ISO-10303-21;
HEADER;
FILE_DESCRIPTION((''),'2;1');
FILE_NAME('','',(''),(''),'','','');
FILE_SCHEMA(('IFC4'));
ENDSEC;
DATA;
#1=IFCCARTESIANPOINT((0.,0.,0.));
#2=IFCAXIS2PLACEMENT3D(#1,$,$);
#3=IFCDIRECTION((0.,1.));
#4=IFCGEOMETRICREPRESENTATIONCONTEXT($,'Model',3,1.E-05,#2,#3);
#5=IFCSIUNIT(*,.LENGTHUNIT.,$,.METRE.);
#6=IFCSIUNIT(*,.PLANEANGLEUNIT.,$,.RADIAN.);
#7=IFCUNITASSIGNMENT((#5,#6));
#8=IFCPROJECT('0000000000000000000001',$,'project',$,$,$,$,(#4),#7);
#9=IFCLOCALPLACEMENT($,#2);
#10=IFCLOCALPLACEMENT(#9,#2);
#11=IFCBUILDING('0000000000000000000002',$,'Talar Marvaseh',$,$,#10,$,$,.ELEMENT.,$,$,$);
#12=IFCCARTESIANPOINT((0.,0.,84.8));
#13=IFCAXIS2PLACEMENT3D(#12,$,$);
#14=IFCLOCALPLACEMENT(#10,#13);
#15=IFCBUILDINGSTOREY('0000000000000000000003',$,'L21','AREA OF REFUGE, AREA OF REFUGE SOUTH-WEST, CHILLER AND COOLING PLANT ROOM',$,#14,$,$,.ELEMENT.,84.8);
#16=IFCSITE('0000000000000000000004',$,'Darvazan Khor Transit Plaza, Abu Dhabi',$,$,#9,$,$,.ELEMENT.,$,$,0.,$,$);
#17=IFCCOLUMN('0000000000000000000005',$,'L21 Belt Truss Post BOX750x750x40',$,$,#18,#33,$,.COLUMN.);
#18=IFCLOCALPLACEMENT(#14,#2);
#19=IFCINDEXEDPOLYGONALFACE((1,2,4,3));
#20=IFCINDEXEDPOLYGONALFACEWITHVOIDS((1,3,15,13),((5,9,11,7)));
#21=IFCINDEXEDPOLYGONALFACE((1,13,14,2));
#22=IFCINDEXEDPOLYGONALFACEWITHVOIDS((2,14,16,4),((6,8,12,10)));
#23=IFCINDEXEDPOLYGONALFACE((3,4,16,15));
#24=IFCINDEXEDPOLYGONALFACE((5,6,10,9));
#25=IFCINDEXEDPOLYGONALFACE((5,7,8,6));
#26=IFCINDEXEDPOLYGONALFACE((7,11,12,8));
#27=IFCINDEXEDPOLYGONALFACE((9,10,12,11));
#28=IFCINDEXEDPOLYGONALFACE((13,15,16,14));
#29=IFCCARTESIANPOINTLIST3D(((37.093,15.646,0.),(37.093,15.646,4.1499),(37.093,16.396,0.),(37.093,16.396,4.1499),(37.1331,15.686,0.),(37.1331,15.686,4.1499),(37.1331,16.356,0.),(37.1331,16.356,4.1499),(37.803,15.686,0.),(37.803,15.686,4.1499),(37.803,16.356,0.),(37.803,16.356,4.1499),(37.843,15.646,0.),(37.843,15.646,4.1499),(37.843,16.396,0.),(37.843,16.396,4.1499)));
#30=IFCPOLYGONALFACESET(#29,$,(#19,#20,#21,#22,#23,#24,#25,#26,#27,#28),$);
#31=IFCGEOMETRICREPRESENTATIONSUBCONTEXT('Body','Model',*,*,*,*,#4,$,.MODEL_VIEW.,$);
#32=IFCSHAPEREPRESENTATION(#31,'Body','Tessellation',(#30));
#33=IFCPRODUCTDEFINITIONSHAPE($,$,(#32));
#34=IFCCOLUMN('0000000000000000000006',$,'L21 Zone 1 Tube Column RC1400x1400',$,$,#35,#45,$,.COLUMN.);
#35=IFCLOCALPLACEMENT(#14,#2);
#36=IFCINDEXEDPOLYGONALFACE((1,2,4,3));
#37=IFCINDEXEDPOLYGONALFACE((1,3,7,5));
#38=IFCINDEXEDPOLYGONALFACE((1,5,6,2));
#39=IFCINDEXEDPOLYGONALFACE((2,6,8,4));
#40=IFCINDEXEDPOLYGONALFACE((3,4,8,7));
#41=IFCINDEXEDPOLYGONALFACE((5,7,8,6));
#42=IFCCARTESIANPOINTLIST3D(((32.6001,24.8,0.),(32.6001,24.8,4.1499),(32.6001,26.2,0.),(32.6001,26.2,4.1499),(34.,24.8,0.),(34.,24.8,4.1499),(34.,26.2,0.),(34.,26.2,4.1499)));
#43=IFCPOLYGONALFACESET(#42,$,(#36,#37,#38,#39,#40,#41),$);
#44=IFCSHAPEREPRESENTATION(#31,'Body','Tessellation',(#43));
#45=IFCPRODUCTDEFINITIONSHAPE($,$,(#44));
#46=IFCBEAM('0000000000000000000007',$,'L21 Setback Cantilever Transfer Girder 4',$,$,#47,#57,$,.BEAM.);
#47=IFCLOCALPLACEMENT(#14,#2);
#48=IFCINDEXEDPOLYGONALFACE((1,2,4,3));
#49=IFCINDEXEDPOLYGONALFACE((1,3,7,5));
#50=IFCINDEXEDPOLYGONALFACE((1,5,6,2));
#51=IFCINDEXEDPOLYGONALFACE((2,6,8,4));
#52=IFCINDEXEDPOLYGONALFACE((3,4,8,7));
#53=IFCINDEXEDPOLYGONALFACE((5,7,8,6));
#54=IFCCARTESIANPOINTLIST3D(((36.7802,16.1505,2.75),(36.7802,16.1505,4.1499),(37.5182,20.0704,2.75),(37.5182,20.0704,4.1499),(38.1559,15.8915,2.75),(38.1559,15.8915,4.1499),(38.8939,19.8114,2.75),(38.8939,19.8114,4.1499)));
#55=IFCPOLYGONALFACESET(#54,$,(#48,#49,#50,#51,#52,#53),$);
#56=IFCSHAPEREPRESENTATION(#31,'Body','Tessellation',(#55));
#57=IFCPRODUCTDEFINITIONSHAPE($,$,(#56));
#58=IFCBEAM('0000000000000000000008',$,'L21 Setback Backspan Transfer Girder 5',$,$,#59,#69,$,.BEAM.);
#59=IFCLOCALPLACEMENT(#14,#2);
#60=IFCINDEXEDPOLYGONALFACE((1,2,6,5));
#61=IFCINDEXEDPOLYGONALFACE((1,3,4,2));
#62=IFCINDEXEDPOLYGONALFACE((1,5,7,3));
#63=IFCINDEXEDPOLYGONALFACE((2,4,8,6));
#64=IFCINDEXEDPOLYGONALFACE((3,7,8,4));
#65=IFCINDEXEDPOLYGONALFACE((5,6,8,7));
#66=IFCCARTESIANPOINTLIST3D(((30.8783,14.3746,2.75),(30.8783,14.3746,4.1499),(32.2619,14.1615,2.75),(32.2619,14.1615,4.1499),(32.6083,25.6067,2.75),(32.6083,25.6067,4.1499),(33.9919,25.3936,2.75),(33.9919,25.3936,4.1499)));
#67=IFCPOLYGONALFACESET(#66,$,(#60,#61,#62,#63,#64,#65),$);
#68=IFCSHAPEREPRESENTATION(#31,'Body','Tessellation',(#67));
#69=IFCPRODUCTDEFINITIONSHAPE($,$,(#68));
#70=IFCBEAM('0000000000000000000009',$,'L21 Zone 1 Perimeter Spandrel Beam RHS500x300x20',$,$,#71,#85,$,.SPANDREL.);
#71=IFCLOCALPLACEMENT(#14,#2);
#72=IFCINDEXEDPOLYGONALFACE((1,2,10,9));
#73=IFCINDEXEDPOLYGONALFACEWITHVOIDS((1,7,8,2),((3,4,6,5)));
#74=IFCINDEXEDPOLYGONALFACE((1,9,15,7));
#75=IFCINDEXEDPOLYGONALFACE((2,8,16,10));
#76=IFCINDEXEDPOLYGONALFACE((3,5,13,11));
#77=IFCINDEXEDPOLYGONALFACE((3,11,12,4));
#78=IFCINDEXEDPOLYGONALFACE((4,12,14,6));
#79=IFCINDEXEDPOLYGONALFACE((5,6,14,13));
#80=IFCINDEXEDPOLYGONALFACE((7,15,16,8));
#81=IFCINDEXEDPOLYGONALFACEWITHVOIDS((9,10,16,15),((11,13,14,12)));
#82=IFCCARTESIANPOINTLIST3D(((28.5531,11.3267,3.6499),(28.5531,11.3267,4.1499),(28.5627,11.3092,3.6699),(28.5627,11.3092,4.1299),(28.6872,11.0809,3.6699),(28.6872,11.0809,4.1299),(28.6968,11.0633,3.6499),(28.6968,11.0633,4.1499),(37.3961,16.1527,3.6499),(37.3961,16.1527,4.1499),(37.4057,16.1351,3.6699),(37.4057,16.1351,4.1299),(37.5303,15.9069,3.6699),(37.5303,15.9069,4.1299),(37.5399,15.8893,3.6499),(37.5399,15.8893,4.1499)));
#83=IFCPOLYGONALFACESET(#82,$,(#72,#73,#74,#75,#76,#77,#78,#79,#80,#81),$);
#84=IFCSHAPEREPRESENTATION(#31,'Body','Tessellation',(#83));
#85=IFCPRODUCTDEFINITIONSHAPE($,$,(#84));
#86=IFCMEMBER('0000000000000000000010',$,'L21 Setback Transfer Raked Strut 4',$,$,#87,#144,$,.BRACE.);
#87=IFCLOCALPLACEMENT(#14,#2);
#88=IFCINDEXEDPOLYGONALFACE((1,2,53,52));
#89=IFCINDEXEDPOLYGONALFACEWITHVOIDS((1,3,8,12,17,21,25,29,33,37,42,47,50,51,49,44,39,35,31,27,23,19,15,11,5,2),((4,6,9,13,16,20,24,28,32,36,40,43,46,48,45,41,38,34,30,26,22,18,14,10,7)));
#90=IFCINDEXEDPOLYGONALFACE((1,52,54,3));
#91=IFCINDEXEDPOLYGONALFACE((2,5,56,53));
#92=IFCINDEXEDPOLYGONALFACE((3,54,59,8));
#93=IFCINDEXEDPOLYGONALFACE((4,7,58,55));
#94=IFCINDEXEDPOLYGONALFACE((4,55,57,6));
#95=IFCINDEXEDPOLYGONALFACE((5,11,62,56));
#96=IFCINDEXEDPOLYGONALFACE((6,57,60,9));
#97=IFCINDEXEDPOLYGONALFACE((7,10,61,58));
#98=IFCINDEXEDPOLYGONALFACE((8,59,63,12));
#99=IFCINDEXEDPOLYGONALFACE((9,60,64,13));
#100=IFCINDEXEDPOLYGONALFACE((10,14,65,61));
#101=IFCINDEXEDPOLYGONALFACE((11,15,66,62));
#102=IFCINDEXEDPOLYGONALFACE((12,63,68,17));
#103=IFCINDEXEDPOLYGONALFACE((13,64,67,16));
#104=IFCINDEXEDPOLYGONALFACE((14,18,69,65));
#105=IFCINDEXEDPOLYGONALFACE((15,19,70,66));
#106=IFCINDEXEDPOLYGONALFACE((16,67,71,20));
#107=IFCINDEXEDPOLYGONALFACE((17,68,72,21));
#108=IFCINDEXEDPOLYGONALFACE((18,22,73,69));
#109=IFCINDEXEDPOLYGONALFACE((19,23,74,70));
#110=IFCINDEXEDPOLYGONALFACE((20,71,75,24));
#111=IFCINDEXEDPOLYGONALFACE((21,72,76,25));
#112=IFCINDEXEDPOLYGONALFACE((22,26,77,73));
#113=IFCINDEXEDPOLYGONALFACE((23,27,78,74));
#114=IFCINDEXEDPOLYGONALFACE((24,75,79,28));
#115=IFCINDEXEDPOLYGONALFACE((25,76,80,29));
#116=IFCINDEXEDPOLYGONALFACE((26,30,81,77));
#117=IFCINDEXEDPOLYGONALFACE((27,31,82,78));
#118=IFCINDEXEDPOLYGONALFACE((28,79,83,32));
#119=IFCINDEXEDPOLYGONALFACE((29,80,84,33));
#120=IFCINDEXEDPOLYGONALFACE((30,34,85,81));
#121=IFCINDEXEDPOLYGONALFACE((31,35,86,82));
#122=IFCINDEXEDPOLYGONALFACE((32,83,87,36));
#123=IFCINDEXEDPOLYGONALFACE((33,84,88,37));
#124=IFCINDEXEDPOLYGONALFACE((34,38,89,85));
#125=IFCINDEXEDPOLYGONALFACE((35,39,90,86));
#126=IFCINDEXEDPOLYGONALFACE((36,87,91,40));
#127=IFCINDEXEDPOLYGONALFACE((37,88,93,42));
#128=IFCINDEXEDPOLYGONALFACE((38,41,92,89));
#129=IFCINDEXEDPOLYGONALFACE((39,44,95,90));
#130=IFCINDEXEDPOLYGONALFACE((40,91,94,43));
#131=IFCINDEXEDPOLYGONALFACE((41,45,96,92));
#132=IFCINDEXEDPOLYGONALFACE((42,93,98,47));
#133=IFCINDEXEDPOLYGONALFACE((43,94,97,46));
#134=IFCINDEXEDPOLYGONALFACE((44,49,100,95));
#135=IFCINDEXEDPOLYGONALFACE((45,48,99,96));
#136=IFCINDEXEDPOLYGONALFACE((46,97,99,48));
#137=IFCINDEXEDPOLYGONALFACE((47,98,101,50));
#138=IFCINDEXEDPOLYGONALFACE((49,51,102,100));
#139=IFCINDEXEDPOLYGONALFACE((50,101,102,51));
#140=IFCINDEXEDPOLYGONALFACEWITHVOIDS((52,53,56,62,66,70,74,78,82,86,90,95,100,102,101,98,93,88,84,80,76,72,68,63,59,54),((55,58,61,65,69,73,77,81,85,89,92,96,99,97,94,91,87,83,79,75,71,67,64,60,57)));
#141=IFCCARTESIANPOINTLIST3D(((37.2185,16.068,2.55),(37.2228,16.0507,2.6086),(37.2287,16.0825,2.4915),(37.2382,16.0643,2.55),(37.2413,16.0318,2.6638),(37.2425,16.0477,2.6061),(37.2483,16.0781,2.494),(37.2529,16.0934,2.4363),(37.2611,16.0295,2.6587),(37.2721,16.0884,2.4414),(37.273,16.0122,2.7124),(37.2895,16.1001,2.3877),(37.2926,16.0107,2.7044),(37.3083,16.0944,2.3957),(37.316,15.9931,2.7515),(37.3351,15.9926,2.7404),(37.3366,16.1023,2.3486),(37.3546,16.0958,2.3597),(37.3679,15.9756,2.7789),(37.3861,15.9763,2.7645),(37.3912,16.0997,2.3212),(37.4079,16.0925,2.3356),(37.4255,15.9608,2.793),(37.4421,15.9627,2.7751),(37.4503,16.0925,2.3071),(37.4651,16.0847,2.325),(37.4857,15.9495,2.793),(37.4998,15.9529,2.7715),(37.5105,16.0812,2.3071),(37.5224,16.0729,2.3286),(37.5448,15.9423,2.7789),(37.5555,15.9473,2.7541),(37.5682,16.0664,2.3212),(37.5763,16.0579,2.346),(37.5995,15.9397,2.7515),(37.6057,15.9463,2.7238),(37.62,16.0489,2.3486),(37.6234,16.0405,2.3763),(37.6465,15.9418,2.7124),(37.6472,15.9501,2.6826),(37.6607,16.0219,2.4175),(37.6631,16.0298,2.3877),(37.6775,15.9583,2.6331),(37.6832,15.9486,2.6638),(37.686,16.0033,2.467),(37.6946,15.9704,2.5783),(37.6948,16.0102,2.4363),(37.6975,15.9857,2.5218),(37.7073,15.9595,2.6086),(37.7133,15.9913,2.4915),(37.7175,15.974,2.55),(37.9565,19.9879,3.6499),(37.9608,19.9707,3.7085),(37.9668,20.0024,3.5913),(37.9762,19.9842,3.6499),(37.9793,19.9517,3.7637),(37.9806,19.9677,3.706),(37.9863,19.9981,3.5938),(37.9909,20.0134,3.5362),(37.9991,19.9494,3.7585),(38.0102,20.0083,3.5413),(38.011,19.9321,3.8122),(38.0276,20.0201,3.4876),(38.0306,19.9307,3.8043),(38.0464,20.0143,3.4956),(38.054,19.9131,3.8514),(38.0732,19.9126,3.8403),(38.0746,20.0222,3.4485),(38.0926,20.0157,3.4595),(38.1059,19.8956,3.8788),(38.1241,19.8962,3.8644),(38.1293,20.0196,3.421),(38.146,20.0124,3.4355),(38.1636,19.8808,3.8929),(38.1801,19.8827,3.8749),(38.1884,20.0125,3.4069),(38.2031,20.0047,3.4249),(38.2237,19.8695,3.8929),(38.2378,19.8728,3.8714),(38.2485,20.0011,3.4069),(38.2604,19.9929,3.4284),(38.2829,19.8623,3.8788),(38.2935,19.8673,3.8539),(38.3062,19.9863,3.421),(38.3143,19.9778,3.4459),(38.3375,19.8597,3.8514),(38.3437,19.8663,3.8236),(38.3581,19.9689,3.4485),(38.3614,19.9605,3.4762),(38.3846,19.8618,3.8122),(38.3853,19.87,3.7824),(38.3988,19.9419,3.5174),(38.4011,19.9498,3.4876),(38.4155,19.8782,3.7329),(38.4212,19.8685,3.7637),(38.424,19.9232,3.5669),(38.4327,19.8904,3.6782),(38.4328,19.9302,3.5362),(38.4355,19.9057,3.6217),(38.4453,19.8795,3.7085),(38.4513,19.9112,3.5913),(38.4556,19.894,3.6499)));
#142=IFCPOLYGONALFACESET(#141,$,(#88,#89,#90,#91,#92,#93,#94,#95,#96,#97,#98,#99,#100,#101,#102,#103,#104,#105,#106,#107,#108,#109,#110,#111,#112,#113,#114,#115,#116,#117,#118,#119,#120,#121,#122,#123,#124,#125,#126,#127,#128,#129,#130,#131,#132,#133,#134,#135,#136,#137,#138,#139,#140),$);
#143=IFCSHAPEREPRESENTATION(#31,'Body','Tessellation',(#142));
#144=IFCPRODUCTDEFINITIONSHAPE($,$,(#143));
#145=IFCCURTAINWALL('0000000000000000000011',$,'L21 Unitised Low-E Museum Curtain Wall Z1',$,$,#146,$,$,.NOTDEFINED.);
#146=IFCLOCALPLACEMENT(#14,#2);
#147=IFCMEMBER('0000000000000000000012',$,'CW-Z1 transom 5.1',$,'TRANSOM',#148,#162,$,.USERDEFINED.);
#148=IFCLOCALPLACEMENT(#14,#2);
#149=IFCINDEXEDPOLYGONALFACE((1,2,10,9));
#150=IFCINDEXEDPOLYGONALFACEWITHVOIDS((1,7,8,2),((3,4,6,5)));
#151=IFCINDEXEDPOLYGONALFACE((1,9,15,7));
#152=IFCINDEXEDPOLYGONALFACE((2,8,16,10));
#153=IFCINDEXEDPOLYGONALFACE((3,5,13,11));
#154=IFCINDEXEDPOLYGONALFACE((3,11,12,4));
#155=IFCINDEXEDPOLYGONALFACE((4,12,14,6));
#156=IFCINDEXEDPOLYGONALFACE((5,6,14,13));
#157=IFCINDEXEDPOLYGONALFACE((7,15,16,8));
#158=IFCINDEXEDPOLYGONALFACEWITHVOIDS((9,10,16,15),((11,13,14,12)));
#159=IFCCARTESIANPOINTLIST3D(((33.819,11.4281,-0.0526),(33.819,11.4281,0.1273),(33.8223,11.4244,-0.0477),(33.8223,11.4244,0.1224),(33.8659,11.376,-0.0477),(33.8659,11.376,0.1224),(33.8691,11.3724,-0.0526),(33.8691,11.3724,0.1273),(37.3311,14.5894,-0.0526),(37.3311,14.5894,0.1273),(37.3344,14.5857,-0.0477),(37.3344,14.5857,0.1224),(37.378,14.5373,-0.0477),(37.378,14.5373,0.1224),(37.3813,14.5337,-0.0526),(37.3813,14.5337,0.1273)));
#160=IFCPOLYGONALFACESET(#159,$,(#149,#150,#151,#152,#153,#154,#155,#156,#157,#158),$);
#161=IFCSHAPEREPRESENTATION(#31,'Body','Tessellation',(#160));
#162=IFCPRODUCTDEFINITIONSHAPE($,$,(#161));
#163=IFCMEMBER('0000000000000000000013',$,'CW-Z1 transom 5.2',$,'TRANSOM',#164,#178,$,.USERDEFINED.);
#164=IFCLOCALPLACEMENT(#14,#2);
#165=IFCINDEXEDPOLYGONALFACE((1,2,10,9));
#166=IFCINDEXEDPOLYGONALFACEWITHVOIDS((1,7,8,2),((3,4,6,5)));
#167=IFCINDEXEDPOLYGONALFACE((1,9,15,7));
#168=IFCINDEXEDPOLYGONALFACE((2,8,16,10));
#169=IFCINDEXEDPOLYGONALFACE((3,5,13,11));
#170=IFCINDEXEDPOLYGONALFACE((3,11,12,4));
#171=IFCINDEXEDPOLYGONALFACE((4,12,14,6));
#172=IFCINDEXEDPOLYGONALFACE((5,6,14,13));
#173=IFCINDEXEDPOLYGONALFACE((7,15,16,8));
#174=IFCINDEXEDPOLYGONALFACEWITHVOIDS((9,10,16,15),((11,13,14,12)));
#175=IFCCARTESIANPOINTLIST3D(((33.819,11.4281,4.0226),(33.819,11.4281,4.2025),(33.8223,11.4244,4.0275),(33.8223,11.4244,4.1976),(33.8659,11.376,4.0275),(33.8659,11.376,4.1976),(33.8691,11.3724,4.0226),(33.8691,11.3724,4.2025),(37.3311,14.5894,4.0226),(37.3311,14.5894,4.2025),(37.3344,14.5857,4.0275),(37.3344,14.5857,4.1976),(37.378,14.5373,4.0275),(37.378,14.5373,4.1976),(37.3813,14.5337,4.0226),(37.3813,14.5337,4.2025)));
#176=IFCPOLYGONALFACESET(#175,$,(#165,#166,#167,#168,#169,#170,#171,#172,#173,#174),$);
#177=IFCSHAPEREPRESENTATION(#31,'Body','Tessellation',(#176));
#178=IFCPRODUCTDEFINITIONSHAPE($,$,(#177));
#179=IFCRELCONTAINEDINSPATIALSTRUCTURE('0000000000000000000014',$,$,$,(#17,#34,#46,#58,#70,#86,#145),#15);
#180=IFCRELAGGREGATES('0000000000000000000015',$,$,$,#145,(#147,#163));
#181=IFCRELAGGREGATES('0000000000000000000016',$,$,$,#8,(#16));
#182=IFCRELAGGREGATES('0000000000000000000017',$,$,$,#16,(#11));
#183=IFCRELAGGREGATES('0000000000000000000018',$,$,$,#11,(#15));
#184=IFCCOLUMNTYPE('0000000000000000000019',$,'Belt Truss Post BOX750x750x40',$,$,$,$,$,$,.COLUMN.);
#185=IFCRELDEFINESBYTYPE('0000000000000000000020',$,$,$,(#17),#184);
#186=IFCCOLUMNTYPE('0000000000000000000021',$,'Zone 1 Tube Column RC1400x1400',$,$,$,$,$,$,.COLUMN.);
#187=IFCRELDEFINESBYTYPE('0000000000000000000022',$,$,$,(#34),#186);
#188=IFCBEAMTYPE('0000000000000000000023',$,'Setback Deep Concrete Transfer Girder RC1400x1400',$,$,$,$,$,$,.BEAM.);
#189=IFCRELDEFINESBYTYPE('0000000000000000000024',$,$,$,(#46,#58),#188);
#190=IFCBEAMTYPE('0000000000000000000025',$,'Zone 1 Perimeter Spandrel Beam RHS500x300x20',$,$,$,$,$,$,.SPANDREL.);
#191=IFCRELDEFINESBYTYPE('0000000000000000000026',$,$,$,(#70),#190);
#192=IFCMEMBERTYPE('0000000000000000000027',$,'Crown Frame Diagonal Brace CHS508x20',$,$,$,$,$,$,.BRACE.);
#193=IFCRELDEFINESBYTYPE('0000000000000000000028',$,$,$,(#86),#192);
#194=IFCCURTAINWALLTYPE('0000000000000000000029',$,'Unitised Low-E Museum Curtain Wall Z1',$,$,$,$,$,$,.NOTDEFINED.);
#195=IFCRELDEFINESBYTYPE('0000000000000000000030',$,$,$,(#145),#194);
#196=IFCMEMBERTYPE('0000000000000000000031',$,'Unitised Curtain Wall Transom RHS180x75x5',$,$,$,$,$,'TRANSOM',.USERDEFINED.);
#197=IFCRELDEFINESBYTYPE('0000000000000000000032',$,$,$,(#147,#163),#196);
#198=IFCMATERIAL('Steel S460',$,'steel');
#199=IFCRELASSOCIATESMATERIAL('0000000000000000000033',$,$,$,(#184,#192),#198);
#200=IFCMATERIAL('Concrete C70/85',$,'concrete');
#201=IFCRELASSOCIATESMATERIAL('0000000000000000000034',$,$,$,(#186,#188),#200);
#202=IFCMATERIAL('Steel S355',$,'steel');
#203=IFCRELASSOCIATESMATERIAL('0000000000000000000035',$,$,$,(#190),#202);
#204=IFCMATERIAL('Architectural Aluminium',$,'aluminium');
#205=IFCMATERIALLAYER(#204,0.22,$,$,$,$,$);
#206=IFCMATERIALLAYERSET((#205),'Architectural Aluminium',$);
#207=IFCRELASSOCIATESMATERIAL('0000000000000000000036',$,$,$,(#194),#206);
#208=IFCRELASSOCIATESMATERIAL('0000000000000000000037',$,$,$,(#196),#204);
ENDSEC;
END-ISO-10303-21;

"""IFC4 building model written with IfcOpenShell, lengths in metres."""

from ifc_helpers import new_model, si_unit, direction, frame, origin, origin_2d, place, context, subcontext, project, spatial, rectangle, hollow_rectangle, hollow_circle, extrude, source, transform, mapped, material, layer, layer_set, material_profile, profile_set, type_object, type_shapes, element, aggregate, save


model = new_model("IFC4")

# Units and contexts
model_context = context("Model", 3, precision=1e-05, world=origin(), true_north=direction((0.0, 1.0)))
body_context = subcontext(model_context, "Body", "Model", "MODEL_VIEW")
ifc_project = project(units=[si_unit("LENGTHUNIT", "METRE"), si_unit("PLANEANGLEUNIT", "RADIAN")], contexts=[model_context])

# Site, building, storey
site_placement = place(None, origin())
site = spatial("IfcSite", under=ifc_project, at=site_placement, Name="Darvazan Khor Transit Plaza, Abu Dhabi", CompositionType="ELEMENT", RefElevation=0.0)
building_placement = place(site_placement, origin())
building = spatial("IfcBuilding", under=site, at=building_placement, Name="Talar Marvaseh", CompositionType="ELEMENT")
storey_placement = place(building_placement, frame((0.0, 0.0, 84.8)))
storey = spatial("IfcBuildingStorey", under=building, at=storey_placement, Name="L21", Description="AREA OF REFUGE, AREA OF REFUGE SOUTH-WEST, CHILLER AND COOLING PLANT ROOM", CompositionType="ELEMENT", Elevation=84.8)

# Columns
ifc_material_1 = material(Name="Steel S460", Category="steel")
ifc_material_profile_1 = material_profile(ifc_material_1, hollow_rectangle(XDim=0.75, YDim=0.75, WallThickness=0.04, at=origin_2d()), Name="BOX750x750x40")
ifc_profile_set_1 = profile_set([ifc_material_profile_1], Name="Steel S460")
column_type_1 = type_object("IfcColumnType", Name="Belt Truss Post BOX750x750x40", PredefinedType="COLUMN", material=ifc_profile_set_1)
column_1_placement = place(storey_placement, frame((37.468, 16.021, 0.0), z_axis=(0.0, 0.0, 1.0), x_axis=(1.0, 0.0, 0.0)))
element("IfcColumn", 1, at=column_1_placement, inside=storey, type_object=column_type_1, Name="L21 Belt Truss Post BOX750x750x40", PredefinedType="COLUMN", context=body_context, shape_type="SweptSolid", body=[
    extrude(hollow_rectangle(XDim=0.75, YDim=0.75, WallThickness=0.04, at=origin_2d()), origin(), (0.0, 0.0, 1.0), 4.1499),
])
ifc_material_2 = material(Name="Concrete C70/85", Category="concrete")
ifc_material_profile_2 = material_profile(ifc_material_2, rectangle(XDim=1.3999, YDim=1.3999, at=origin_2d()), Name="RC1400x1400")
ifc_profile_set_2 = profile_set([ifc_material_profile_2], Name="Concrete C70/85")
column_type_2 = type_object("IfcColumnType", Name="Zone 1 Tube Column RC1400x1400", PredefinedType="COLUMN", material=ifc_profile_set_2)
column_2_placement = place(storey_placement, frame((33.3, 25.5, 0.0), z_axis=(0.0, 0.0, 1.0), x_axis=(1.0, 0.0, 0.0)))
element("IfcColumn", 2, at=column_2_placement, inside=storey, type_object=column_type_2, Name="L21 Zone 1 Tube Column RC1400x1400", PredefinedType="COLUMN", context=body_context, shape_type="SweptSolid", body=[
    extrude(rectangle(XDim=1.3999, YDim=1.3999, at=origin_2d()), origin(), (0.0, 0.0, 1.0), 4.1499),
])

# Beams
ifc_material_profile_3 = material_profile(ifc_material_2, rectangle(XDim=1.3999, YDim=1.3999, at=origin_2d()), Name="RC1400x1400")
ifc_profile_set_3 = profile_set([ifc_material_profile_3], Name="Concrete C70/85")
beam_type_1 = type_object("IfcBeamType", Name="Setback Deep Concrete Transfer Girder RC1400x1400", PredefinedType="BEAM", material=ifc_profile_set_3)
beam_1_placement = place(storey_placement, frame((37.468, 16.021, 3.45), z_axis=(0.185028, 0.982733, 0.0), x_axis=(-0.982733, 0.185028, 0.0)))
element("IfcBeam", 3, at=beam_1_placement, inside=storey, type_object=beam_type_1, Name="L21 Setback Cantilever Transfer Girder 4", PredefinedType="BEAM", context=body_context, shape_type="SweptSolid", body=[
    extrude(rectangle(XDim=1.3999, YDim=1.3999, at=origin_2d()), origin(), (0.0, 0.0, 1.0), 3.9888),
])
beam_2_placement = place(storey_placement, frame((31.5701, 14.2681, 3.45), z_axis=(0.152228, 0.988345, 0.0), x_axis=(-0.988345, 0.152228, 0.0)))
element("IfcBeam", 4, at=beam_2_placement, inside=storey, type_object=beam_type_1, Name="L21 Setback Backspan Transfer Girder 5", PredefinedType="BEAM", context=body_context, shape_type="SweptSolid", body=[
    extrude(rectangle(XDim=1.3999, YDim=1.3999, at=origin_2d()), origin(), (0.0, 0.0, 1.0), 11.3645),
])
ifc_material_3 = material(Name="Steel S355", Category="steel")
ifc_material_profile_4 = material_profile(ifc_material_3, hollow_rectangle(XDim=0.3, YDim=0.5, WallThickness=0.02, at=origin_2d()), Name="RHS500x300x20")
ifc_profile_set_4 = profile_set([ifc_material_profile_4], Name="Steel S355")
beam_type_2 = type_object("IfcBeamType", Name="Zone 1 Perimeter Spandrel Beam RHS500x300x20", PredefinedType="SPANDREL", material=ifc_profile_set_4)
beam_3_placement = place(storey_placement, frame((37.468, 16.021, 3.8999), z_axis=(-0.877793, -0.479041, 0.0), x_axis=(0.479041, -0.877793, 0.0)))
element("IfcBeam", 5, at=beam_3_placement, inside=storey, type_object=beam_type_2, Name="L21 Zone 1 Perimeter Spandrel Beam RHS500x300x20", PredefinedType="SPANDREL", context=body_context, shape_type="SweptSolid", body=[
    extrude(hollow_rectangle(XDim=0.3, YDim=0.5, WallThickness=0.02, at=origin_2d()), origin(), (0.0, 0.0, 1.0), 10.0742),
])

# Member
ifc_material_profile_5 = material_profile(ifc_material_1, hollow_circle(Radius=0.2539, WallThickness=0.02, at=origin_2d()), Name="CHS508x20")
ifc_profile_set_5 = profile_set([ifc_material_profile_5], Name="Steel S460")
member_type_1 = type_object("IfcMemberType", Name="Crown Frame Diagonal Brace CHS508x20", PredefinedType="BRACE", material=ifc_profile_set_5)
shared_shape_1 = source(origin(), body_context, "Body", "SweptSolid", [
    extrude(hollow_circle(Radius=0.2539, WallThickness=0.02, at=origin_2d()), origin(), (0.0, 0.0, 1.0), 4.1377),
])
type_shapes(member_type_1, [shared_shape_1])
member_1_placement = place(storey_placement, frame((37.468, 16.021, 2.55), z_axis=(0.178371, 0.947378, 0.265816), x_axis=(-0.982733, 0.185028, 0.0)))
element("IfcMember", 6, at=member_1_placement, inside=storey, type_object=member_type_1, Name="L21 Setback Transfer Raked Strut 4", PredefinedType="BRACE", context=body_context, shape_type="MappedRepresentation", body=[
    mapped(shared_shape_1, transform((0.0, 0.0, 0.0), x_axis=(1.0, 0.0, 0.0), y_axis=(0.0, 1.0, 0.0), z_axis=(0.0, 0.0, 1.0), scale=1.0)),
])

# Curtain wall, members
ifc_material_4 = material(Name="Architectural Aluminium", Category="aluminium")
ifc_layer_1 = layer(ifc_material_4, 0.22)
ifc_layer_set_1 = layer_set([ifc_layer_1], Name="Architectural Aluminium")
curtain_wall_type = type_object("IfcCurtainWallType", Name="Unitised Low-E Museum Curtain Wall Z1", PredefinedType="NOTDEFINED", material=ifc_layer_set_1)
curtain_wall_placement = place(storey_placement, origin())
curtain_wall = element("IfcCurtainWall", 7, at=curtain_wall_placement, inside=storey, type_object=curtain_wall_type, Name="L21 Unitised Low-E Museum Curtain Wall Z1", PredefinedType="NOTDEFINED")
ifc_material_profile_6 = material_profile(ifc_material_4, hollow_rectangle(XDim=0.075, YDim=0.1799, WallThickness=0.0049, at=origin_2d()), Name="RHS180x75x5")
ifc_profile_set_6 = profile_set([ifc_material_profile_6], Name="Architectural Aluminium")
member_type_2 = type_object("IfcMemberType", Name="Unitised Curtain Wall Transom RHS180x75x5", ElementType="TRANSOM", PredefinedType="USERDEFINED", material=ifc_profile_set_6)
shared_shape_2 = source(origin(), body_context, "Body", "SweptSolid", [
    extrude(hollow_rectangle(XDim=0.075, YDim=0.1799, WallThickness=0.0049, at=origin_2d()), origin(), (0.0, 0.0, 1.0), 4.7253),
])
type_shapes(member_type_2, [shared_shape_2])
member_2_placement = place(storey_placement, frame((37.3562, 14.5615, 0.0374), z_axis=(-0.743253, -0.66901, 0.0), x_axis=(0.66901, -0.743253, 0.0)))
member_2 = element("IfcMember", 8, at=member_2_placement, type_object=member_type_2, Name="CW-Z1 transom 5.1", ObjectType="TRANSOM", PredefinedType="USERDEFINED", context=body_context, shape_type="MappedRepresentation", body=[
    mapped(shared_shape_2, transform((0.0, 0.0, 0.0), x_axis=(1.0, 0.0, 0.0), y_axis=(0.0, 1.0, 0.0), z_axis=(0.0, 0.0, 1.0), scale=1.0)),
])
member_3_placement = place(storey_placement, frame((37.3562, 14.5615, 4.1125), z_axis=(-0.743253, -0.66901, 0.0), x_axis=(0.66901, -0.743253, 0.0)))
member_3 = element("IfcMember", 9, at=member_3_placement, type_object=member_type_2, Name="CW-Z1 transom 5.2", ObjectType="TRANSOM", PredefinedType="USERDEFINED", context=body_context, shape_type="MappedRepresentation", body=[
    mapped(shared_shape_2, transform((0.0, 0.0, 0.0), x_axis=(1.0, 0.0, 0.0), y_axis=(0.0, 1.0, 0.0), z_axis=(0.0, 0.0, 1.0), scale=1.0)),
])
aggregate(curtain_wall, [member_2, member_3])

save(model, "model.ifc")
